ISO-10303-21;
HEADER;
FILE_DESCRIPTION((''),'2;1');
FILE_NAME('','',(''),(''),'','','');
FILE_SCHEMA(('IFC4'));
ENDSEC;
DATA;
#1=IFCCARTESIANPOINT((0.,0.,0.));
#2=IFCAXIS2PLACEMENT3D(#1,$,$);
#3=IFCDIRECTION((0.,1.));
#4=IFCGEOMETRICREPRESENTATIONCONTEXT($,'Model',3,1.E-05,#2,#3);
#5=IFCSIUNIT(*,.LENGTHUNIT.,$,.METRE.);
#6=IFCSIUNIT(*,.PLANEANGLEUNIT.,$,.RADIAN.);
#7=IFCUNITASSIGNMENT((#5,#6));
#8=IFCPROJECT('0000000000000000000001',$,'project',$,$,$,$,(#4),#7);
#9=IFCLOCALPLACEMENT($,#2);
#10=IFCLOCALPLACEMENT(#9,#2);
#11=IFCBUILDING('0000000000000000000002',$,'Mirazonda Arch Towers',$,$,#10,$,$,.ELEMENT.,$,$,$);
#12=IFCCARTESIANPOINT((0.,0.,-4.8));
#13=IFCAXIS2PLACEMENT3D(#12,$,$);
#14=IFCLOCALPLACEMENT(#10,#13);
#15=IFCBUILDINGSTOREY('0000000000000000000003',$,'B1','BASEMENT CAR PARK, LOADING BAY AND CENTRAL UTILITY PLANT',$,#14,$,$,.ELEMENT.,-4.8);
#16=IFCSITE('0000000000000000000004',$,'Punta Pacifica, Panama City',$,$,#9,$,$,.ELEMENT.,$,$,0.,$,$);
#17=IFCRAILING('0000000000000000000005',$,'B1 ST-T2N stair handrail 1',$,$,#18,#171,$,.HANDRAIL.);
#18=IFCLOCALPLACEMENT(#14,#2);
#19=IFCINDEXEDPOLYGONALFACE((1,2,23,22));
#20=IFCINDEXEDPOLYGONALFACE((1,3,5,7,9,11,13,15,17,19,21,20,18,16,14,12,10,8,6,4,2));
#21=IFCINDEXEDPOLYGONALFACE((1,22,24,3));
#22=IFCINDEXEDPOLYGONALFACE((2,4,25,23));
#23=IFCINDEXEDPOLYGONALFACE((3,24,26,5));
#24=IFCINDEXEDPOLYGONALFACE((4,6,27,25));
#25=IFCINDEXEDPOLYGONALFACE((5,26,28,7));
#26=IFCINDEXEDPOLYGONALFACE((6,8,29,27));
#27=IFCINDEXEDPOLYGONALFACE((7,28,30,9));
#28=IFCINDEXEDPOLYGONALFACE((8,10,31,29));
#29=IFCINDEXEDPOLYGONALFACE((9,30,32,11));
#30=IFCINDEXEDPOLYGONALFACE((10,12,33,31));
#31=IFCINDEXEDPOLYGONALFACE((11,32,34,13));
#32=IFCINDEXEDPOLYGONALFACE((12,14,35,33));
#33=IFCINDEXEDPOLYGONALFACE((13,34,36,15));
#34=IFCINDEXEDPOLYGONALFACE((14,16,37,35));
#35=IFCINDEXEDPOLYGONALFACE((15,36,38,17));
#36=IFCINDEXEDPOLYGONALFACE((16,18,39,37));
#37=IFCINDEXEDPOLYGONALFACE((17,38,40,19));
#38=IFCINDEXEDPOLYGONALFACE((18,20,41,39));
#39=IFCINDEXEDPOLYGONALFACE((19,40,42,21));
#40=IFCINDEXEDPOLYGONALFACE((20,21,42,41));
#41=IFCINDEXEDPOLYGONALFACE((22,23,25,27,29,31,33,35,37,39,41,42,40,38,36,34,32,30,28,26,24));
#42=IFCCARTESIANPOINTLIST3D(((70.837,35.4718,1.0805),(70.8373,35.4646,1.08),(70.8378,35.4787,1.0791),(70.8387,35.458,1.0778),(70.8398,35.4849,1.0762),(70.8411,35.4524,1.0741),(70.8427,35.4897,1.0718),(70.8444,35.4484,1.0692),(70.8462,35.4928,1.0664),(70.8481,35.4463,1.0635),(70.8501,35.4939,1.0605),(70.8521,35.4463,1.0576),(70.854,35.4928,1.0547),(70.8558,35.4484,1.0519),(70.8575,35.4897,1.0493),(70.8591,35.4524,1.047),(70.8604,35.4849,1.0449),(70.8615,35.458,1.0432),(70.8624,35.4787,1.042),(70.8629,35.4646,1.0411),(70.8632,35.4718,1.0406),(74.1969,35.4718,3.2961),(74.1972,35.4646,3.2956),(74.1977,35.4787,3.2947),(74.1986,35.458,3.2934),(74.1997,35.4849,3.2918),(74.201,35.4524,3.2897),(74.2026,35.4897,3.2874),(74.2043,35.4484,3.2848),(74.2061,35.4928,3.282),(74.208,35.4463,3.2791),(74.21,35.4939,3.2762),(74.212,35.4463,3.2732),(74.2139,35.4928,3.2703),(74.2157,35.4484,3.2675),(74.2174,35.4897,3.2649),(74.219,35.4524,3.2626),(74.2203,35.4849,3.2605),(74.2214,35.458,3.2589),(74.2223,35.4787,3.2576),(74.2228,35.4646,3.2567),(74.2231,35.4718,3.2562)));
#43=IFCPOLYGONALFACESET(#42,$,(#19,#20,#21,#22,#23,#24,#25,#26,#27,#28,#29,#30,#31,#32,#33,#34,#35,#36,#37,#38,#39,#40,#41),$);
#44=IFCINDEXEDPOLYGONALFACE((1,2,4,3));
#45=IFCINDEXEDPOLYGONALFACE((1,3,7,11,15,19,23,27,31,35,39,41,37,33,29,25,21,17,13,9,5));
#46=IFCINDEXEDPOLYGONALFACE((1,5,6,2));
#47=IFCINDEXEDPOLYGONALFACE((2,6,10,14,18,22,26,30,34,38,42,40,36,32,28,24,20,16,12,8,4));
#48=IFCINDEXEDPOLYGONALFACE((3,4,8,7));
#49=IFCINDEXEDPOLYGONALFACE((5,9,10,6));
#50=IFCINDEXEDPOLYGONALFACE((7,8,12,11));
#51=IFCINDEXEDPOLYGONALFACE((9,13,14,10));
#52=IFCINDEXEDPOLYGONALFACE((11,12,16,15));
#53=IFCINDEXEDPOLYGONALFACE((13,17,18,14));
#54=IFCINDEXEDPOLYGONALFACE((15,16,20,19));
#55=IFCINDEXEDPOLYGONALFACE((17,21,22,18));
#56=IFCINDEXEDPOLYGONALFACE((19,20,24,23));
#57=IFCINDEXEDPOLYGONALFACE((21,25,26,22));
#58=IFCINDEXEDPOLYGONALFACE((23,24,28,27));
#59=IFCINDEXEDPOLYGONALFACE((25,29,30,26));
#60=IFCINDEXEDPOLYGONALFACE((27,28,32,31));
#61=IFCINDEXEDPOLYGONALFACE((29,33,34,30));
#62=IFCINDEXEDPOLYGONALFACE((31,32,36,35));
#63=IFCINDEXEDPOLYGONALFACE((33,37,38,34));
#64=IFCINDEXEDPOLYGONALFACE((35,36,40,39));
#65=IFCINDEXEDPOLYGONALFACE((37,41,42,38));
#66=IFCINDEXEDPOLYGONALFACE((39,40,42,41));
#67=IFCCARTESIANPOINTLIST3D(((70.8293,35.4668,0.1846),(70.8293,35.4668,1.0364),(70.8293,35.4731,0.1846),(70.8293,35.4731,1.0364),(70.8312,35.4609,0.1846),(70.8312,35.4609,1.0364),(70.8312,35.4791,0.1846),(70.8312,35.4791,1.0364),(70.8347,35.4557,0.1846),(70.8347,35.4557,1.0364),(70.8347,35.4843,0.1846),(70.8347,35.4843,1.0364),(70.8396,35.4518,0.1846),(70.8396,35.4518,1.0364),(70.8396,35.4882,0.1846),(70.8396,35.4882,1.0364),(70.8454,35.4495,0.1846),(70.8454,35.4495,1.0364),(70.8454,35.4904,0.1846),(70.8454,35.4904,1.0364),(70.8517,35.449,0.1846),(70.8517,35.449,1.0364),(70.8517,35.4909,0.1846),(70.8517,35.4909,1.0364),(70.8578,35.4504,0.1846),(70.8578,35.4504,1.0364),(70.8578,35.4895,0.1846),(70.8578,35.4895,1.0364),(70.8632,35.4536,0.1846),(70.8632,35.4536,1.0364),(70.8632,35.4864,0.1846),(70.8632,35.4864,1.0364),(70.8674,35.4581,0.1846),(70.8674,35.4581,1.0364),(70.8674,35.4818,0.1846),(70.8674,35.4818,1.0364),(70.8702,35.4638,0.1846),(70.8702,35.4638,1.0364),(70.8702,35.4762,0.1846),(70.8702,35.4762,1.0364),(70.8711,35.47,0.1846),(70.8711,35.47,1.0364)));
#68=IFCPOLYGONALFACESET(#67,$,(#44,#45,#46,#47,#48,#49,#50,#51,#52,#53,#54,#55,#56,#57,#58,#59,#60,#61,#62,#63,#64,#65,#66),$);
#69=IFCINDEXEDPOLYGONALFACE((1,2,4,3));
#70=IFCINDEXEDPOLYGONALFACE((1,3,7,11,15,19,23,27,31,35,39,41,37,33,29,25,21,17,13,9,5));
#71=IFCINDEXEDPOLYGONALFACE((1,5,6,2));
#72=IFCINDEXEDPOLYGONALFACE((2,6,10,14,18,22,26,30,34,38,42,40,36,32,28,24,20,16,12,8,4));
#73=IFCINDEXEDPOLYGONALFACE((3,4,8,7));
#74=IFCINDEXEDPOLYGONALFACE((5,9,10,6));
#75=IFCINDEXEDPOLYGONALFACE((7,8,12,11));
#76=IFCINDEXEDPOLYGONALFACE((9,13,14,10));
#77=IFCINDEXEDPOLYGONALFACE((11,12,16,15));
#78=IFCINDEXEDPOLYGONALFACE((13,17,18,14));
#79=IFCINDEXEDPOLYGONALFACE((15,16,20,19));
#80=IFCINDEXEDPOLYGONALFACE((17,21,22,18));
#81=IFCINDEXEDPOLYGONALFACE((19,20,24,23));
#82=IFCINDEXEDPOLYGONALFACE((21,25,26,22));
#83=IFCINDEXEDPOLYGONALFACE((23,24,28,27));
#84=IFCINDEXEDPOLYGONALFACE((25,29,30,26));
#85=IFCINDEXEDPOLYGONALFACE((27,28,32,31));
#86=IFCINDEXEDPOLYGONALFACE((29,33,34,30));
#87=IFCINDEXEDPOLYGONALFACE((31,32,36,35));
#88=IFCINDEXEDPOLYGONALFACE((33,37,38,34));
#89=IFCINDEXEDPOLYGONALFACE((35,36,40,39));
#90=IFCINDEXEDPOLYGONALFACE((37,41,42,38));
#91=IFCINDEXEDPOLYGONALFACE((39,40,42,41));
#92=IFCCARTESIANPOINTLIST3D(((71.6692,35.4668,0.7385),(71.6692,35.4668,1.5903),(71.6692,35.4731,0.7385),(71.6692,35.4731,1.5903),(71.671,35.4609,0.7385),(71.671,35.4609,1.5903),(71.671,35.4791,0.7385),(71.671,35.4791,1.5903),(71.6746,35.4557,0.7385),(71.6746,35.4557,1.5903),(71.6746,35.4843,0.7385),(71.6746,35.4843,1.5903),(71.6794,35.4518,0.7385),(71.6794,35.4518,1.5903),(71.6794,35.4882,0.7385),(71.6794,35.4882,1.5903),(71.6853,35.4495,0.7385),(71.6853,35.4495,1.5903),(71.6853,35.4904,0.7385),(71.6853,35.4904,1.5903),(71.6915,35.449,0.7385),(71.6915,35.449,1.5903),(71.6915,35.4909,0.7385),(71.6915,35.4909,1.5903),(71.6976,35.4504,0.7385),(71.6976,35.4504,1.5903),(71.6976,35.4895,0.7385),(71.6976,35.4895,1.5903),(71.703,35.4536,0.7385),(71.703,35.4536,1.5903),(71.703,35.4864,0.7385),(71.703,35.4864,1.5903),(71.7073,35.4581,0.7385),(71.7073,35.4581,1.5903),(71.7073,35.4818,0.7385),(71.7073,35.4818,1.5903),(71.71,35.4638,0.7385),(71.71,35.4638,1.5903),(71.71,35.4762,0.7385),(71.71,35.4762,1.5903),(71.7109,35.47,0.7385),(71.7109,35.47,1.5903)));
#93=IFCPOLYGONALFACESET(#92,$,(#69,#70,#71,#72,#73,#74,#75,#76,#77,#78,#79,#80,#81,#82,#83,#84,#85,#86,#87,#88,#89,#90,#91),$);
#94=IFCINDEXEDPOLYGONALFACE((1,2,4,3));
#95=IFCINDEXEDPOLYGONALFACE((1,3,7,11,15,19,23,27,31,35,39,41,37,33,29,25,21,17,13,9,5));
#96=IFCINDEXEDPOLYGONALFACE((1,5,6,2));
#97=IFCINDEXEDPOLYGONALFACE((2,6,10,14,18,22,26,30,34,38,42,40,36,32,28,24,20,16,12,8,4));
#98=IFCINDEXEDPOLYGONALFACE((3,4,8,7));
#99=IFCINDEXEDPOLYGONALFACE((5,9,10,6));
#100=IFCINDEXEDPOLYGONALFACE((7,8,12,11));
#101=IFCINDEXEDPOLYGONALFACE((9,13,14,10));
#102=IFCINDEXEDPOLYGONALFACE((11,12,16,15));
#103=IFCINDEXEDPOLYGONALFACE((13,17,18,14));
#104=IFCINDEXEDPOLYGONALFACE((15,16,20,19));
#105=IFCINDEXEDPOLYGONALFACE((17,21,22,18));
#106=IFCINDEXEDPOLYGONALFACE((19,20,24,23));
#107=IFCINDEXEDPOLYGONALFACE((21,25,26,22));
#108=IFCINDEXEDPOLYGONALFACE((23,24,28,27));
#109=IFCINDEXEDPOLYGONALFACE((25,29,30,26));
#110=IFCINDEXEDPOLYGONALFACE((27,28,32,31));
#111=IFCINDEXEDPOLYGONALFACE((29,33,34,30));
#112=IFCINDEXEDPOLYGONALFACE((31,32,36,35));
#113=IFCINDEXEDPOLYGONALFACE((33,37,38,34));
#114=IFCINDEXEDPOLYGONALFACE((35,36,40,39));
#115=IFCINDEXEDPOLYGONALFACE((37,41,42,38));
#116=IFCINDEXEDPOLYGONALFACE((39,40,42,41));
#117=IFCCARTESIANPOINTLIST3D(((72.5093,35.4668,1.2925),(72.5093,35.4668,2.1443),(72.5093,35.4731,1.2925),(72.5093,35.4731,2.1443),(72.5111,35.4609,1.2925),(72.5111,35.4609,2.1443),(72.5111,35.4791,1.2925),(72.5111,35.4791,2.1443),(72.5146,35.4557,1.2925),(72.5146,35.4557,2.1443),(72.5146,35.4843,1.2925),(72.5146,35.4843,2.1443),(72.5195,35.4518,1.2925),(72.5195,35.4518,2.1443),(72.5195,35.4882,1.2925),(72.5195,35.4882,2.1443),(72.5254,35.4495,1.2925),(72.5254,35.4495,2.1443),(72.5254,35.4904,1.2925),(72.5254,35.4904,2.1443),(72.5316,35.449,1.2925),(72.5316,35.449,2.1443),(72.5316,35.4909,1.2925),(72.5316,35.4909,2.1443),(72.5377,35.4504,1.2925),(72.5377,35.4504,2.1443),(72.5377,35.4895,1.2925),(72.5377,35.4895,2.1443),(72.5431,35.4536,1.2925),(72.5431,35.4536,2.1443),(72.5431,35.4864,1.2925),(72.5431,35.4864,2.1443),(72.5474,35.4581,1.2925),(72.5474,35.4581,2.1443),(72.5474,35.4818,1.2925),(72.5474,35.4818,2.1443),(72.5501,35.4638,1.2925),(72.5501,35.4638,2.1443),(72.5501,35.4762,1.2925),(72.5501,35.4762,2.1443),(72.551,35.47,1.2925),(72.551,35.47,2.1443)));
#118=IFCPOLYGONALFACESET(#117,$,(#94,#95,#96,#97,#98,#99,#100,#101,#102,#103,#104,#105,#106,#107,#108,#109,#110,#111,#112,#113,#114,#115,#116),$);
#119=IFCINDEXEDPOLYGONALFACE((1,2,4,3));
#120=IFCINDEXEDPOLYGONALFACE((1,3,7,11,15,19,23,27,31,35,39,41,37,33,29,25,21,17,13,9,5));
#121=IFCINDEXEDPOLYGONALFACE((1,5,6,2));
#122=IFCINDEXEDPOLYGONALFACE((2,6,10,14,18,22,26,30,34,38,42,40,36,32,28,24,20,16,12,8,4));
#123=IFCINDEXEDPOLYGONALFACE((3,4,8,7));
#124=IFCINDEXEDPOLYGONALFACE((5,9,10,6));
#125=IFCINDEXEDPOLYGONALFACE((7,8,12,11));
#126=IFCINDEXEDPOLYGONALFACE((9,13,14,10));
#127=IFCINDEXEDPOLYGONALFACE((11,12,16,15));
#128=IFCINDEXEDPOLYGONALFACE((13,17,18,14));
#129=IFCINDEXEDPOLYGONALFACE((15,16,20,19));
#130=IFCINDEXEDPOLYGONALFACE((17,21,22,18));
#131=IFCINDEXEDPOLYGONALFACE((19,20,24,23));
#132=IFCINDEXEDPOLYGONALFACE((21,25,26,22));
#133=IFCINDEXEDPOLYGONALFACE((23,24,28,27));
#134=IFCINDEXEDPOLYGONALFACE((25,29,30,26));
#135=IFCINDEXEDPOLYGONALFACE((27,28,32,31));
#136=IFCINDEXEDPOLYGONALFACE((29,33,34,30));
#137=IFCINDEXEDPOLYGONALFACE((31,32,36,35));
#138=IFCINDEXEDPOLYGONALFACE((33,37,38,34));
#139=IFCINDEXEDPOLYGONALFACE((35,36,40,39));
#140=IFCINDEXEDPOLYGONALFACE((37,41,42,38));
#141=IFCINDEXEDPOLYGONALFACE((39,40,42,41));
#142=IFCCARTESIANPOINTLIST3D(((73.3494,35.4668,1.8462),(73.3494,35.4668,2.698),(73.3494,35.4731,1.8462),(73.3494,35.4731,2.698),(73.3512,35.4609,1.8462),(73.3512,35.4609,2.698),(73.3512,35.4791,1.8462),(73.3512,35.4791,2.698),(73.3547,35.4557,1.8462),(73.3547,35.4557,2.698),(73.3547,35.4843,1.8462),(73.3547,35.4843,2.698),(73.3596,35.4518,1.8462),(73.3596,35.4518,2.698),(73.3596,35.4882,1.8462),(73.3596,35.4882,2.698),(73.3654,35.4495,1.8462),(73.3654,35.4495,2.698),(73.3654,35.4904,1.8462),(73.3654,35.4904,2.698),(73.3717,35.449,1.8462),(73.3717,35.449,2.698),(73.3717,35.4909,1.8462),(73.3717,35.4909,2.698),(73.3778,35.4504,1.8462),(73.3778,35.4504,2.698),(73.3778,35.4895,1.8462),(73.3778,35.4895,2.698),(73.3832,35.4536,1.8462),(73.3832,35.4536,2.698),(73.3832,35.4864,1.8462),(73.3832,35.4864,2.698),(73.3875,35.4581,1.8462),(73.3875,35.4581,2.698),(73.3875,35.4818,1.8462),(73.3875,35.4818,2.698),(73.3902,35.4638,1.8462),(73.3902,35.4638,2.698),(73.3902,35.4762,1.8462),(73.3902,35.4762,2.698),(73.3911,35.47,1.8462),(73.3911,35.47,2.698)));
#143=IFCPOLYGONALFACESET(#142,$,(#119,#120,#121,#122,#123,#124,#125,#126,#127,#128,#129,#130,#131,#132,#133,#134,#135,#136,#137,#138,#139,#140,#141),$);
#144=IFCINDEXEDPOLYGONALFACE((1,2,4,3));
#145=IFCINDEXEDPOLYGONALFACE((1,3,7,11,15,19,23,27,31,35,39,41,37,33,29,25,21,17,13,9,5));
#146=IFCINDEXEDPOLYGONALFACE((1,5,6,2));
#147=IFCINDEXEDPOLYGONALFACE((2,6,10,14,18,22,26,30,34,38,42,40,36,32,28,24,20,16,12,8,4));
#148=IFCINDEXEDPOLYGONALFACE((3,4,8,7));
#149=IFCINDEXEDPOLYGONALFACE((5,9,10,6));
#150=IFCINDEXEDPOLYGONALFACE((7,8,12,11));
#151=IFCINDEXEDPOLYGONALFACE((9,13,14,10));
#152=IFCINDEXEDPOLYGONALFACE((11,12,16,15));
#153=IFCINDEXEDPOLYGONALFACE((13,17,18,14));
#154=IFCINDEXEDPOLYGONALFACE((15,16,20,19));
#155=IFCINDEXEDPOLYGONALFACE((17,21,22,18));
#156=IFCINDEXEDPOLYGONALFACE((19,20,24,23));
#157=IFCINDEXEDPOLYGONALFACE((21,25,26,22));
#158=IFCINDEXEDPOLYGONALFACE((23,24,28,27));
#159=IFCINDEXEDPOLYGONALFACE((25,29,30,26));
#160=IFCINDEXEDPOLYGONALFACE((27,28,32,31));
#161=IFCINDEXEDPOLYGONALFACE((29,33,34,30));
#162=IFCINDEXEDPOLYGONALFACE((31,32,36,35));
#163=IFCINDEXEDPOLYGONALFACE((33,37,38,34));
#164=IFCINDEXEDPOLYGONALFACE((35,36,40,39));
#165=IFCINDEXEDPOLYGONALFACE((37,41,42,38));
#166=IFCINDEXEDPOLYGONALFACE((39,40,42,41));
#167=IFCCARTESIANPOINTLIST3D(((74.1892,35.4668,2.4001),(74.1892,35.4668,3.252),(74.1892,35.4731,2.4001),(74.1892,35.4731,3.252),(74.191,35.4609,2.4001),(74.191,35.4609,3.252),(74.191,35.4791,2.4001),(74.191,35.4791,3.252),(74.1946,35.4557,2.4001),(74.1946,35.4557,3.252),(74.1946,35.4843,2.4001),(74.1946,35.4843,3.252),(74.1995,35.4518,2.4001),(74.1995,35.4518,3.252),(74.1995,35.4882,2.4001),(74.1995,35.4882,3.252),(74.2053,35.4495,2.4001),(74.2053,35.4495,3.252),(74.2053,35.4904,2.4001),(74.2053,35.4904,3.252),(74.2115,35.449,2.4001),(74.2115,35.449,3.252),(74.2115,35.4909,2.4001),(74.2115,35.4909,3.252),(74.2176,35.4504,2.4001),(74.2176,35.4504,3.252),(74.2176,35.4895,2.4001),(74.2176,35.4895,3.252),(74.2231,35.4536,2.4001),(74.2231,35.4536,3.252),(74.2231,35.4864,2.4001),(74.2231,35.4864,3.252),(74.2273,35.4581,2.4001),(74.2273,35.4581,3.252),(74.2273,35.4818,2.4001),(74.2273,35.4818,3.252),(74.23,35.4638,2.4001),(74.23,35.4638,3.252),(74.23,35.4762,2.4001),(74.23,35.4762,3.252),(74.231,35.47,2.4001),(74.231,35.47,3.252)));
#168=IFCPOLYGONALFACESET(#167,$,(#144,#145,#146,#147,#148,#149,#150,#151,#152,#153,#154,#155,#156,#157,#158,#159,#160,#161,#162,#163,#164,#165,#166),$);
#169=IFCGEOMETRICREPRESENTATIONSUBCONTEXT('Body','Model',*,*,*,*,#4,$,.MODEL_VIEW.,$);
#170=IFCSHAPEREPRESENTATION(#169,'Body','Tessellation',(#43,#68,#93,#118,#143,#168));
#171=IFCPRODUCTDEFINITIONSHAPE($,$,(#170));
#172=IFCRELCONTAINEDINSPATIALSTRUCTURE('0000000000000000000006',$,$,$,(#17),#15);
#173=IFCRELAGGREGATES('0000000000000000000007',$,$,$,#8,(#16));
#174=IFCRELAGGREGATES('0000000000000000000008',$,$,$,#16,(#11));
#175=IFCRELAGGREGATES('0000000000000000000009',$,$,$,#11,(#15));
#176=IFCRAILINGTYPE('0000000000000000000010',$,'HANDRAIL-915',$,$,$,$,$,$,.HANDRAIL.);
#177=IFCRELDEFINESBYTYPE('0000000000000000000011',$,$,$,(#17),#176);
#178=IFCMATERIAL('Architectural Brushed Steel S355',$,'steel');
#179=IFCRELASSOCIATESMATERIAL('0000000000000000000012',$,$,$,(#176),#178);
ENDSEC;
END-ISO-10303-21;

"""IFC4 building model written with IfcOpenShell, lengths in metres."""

from ifc_helpers import new_model, si_unit, direction, frame, origin, origin_2d, place, context, subcontext, project, spatial, circle, extrude, material, type_object, element, save


model = new_model("IFC4")

# Units and contexts
model_context = context("Model", 3, precision=1e-05, world=origin(), true_north=direction((0.0, 1.0)))
body_context = subcontext(model_context, "Body", "Model", "MODEL_VIEW")
ifc_project = project(units=[si_unit("LENGTHUNIT", "METRE"), si_unit("PLANEANGLEUNIT", "RADIAN")], contexts=[model_context])

# Site, building, storey
site_placement = place(None, origin())
site = spatial("IfcSite", under=ifc_project, at=site_placement, Name="Punta Pacifica, Panama City", CompositionType="ELEMENT", RefElevation=0.0)
building_placement = place(site_placement, origin())
building = spatial("IfcBuilding", under=site, at=building_placement, Name="Mirazonda Arch Towers", CompositionType="ELEMENT")
storey_placement = place(building_placement, frame((0.0, 0.0, -4.8)))
storey = spatial("IfcBuildingStorey", under=building, at=storey_placement, Name="B1", Description="BASEMENT CAR PARK, LOADING BAY AND CENTRAL UTILITY PLANT", CompositionType="ELEMENT", Elevation=-4.8)

# Shared definitions
ifc_material_1 = material(Name="Architectural Brushed Steel S355", Category="steel")

# Railing
railing_type_1 = type_object("IfcRailingType", Name="HANDRAIL-915", PredefinedType="HANDRAIL", material=ifc_material_1)
railing_1_placement = place(storey_placement, frame((70.8501, 35.47, 0.1846)))
element("IfcRailing", 1, at=railing_1_placement, inside=storey, type_object=railing_type_1, Name="B1 ST-T2N stair handrail 1", PredefinedType="HANDRAIL", context=body_context, shape_type="SweptSolid", body=[
    extrude(circle(Radius=0.0239, at=origin_2d()), frame((0.0, 0.0, 0.876), z_axis=(0.83483, 0.0, 0.550508), x_axis=(0.0, 1.0, 0.0)), (0.0, 0.0, 1.0), 4.0247),
    extrude(circle(Radius=0.021, at=origin_2d()), origin(), (0.0, 0.0, 1.0), 0.8518),
    extrude(circle(Radius=0.021, at=origin_2d()), frame((0.8398, 0.0, 0.554)), (0.0, 0.0, 1.0), 0.8518),
    extrude(circle(Radius=0.021, at=origin_2d()), frame((1.6799, 0.0, 1.1079)), (0.0, 0.0, 1.0), 0.8518),
    extrude(circle(Radius=0.021, at=origin_2d()), frame((2.52, 0.0, 1.6616)), (0.0, 0.0, 1.0), 0.8518),
    extrude(circle(Radius=0.021, at=origin_2d()), frame((3.3599, 0.0, 2.2156)), (0.0, 0.0, 1.0), 0.8518),
])

save(model, "model.ifc")
